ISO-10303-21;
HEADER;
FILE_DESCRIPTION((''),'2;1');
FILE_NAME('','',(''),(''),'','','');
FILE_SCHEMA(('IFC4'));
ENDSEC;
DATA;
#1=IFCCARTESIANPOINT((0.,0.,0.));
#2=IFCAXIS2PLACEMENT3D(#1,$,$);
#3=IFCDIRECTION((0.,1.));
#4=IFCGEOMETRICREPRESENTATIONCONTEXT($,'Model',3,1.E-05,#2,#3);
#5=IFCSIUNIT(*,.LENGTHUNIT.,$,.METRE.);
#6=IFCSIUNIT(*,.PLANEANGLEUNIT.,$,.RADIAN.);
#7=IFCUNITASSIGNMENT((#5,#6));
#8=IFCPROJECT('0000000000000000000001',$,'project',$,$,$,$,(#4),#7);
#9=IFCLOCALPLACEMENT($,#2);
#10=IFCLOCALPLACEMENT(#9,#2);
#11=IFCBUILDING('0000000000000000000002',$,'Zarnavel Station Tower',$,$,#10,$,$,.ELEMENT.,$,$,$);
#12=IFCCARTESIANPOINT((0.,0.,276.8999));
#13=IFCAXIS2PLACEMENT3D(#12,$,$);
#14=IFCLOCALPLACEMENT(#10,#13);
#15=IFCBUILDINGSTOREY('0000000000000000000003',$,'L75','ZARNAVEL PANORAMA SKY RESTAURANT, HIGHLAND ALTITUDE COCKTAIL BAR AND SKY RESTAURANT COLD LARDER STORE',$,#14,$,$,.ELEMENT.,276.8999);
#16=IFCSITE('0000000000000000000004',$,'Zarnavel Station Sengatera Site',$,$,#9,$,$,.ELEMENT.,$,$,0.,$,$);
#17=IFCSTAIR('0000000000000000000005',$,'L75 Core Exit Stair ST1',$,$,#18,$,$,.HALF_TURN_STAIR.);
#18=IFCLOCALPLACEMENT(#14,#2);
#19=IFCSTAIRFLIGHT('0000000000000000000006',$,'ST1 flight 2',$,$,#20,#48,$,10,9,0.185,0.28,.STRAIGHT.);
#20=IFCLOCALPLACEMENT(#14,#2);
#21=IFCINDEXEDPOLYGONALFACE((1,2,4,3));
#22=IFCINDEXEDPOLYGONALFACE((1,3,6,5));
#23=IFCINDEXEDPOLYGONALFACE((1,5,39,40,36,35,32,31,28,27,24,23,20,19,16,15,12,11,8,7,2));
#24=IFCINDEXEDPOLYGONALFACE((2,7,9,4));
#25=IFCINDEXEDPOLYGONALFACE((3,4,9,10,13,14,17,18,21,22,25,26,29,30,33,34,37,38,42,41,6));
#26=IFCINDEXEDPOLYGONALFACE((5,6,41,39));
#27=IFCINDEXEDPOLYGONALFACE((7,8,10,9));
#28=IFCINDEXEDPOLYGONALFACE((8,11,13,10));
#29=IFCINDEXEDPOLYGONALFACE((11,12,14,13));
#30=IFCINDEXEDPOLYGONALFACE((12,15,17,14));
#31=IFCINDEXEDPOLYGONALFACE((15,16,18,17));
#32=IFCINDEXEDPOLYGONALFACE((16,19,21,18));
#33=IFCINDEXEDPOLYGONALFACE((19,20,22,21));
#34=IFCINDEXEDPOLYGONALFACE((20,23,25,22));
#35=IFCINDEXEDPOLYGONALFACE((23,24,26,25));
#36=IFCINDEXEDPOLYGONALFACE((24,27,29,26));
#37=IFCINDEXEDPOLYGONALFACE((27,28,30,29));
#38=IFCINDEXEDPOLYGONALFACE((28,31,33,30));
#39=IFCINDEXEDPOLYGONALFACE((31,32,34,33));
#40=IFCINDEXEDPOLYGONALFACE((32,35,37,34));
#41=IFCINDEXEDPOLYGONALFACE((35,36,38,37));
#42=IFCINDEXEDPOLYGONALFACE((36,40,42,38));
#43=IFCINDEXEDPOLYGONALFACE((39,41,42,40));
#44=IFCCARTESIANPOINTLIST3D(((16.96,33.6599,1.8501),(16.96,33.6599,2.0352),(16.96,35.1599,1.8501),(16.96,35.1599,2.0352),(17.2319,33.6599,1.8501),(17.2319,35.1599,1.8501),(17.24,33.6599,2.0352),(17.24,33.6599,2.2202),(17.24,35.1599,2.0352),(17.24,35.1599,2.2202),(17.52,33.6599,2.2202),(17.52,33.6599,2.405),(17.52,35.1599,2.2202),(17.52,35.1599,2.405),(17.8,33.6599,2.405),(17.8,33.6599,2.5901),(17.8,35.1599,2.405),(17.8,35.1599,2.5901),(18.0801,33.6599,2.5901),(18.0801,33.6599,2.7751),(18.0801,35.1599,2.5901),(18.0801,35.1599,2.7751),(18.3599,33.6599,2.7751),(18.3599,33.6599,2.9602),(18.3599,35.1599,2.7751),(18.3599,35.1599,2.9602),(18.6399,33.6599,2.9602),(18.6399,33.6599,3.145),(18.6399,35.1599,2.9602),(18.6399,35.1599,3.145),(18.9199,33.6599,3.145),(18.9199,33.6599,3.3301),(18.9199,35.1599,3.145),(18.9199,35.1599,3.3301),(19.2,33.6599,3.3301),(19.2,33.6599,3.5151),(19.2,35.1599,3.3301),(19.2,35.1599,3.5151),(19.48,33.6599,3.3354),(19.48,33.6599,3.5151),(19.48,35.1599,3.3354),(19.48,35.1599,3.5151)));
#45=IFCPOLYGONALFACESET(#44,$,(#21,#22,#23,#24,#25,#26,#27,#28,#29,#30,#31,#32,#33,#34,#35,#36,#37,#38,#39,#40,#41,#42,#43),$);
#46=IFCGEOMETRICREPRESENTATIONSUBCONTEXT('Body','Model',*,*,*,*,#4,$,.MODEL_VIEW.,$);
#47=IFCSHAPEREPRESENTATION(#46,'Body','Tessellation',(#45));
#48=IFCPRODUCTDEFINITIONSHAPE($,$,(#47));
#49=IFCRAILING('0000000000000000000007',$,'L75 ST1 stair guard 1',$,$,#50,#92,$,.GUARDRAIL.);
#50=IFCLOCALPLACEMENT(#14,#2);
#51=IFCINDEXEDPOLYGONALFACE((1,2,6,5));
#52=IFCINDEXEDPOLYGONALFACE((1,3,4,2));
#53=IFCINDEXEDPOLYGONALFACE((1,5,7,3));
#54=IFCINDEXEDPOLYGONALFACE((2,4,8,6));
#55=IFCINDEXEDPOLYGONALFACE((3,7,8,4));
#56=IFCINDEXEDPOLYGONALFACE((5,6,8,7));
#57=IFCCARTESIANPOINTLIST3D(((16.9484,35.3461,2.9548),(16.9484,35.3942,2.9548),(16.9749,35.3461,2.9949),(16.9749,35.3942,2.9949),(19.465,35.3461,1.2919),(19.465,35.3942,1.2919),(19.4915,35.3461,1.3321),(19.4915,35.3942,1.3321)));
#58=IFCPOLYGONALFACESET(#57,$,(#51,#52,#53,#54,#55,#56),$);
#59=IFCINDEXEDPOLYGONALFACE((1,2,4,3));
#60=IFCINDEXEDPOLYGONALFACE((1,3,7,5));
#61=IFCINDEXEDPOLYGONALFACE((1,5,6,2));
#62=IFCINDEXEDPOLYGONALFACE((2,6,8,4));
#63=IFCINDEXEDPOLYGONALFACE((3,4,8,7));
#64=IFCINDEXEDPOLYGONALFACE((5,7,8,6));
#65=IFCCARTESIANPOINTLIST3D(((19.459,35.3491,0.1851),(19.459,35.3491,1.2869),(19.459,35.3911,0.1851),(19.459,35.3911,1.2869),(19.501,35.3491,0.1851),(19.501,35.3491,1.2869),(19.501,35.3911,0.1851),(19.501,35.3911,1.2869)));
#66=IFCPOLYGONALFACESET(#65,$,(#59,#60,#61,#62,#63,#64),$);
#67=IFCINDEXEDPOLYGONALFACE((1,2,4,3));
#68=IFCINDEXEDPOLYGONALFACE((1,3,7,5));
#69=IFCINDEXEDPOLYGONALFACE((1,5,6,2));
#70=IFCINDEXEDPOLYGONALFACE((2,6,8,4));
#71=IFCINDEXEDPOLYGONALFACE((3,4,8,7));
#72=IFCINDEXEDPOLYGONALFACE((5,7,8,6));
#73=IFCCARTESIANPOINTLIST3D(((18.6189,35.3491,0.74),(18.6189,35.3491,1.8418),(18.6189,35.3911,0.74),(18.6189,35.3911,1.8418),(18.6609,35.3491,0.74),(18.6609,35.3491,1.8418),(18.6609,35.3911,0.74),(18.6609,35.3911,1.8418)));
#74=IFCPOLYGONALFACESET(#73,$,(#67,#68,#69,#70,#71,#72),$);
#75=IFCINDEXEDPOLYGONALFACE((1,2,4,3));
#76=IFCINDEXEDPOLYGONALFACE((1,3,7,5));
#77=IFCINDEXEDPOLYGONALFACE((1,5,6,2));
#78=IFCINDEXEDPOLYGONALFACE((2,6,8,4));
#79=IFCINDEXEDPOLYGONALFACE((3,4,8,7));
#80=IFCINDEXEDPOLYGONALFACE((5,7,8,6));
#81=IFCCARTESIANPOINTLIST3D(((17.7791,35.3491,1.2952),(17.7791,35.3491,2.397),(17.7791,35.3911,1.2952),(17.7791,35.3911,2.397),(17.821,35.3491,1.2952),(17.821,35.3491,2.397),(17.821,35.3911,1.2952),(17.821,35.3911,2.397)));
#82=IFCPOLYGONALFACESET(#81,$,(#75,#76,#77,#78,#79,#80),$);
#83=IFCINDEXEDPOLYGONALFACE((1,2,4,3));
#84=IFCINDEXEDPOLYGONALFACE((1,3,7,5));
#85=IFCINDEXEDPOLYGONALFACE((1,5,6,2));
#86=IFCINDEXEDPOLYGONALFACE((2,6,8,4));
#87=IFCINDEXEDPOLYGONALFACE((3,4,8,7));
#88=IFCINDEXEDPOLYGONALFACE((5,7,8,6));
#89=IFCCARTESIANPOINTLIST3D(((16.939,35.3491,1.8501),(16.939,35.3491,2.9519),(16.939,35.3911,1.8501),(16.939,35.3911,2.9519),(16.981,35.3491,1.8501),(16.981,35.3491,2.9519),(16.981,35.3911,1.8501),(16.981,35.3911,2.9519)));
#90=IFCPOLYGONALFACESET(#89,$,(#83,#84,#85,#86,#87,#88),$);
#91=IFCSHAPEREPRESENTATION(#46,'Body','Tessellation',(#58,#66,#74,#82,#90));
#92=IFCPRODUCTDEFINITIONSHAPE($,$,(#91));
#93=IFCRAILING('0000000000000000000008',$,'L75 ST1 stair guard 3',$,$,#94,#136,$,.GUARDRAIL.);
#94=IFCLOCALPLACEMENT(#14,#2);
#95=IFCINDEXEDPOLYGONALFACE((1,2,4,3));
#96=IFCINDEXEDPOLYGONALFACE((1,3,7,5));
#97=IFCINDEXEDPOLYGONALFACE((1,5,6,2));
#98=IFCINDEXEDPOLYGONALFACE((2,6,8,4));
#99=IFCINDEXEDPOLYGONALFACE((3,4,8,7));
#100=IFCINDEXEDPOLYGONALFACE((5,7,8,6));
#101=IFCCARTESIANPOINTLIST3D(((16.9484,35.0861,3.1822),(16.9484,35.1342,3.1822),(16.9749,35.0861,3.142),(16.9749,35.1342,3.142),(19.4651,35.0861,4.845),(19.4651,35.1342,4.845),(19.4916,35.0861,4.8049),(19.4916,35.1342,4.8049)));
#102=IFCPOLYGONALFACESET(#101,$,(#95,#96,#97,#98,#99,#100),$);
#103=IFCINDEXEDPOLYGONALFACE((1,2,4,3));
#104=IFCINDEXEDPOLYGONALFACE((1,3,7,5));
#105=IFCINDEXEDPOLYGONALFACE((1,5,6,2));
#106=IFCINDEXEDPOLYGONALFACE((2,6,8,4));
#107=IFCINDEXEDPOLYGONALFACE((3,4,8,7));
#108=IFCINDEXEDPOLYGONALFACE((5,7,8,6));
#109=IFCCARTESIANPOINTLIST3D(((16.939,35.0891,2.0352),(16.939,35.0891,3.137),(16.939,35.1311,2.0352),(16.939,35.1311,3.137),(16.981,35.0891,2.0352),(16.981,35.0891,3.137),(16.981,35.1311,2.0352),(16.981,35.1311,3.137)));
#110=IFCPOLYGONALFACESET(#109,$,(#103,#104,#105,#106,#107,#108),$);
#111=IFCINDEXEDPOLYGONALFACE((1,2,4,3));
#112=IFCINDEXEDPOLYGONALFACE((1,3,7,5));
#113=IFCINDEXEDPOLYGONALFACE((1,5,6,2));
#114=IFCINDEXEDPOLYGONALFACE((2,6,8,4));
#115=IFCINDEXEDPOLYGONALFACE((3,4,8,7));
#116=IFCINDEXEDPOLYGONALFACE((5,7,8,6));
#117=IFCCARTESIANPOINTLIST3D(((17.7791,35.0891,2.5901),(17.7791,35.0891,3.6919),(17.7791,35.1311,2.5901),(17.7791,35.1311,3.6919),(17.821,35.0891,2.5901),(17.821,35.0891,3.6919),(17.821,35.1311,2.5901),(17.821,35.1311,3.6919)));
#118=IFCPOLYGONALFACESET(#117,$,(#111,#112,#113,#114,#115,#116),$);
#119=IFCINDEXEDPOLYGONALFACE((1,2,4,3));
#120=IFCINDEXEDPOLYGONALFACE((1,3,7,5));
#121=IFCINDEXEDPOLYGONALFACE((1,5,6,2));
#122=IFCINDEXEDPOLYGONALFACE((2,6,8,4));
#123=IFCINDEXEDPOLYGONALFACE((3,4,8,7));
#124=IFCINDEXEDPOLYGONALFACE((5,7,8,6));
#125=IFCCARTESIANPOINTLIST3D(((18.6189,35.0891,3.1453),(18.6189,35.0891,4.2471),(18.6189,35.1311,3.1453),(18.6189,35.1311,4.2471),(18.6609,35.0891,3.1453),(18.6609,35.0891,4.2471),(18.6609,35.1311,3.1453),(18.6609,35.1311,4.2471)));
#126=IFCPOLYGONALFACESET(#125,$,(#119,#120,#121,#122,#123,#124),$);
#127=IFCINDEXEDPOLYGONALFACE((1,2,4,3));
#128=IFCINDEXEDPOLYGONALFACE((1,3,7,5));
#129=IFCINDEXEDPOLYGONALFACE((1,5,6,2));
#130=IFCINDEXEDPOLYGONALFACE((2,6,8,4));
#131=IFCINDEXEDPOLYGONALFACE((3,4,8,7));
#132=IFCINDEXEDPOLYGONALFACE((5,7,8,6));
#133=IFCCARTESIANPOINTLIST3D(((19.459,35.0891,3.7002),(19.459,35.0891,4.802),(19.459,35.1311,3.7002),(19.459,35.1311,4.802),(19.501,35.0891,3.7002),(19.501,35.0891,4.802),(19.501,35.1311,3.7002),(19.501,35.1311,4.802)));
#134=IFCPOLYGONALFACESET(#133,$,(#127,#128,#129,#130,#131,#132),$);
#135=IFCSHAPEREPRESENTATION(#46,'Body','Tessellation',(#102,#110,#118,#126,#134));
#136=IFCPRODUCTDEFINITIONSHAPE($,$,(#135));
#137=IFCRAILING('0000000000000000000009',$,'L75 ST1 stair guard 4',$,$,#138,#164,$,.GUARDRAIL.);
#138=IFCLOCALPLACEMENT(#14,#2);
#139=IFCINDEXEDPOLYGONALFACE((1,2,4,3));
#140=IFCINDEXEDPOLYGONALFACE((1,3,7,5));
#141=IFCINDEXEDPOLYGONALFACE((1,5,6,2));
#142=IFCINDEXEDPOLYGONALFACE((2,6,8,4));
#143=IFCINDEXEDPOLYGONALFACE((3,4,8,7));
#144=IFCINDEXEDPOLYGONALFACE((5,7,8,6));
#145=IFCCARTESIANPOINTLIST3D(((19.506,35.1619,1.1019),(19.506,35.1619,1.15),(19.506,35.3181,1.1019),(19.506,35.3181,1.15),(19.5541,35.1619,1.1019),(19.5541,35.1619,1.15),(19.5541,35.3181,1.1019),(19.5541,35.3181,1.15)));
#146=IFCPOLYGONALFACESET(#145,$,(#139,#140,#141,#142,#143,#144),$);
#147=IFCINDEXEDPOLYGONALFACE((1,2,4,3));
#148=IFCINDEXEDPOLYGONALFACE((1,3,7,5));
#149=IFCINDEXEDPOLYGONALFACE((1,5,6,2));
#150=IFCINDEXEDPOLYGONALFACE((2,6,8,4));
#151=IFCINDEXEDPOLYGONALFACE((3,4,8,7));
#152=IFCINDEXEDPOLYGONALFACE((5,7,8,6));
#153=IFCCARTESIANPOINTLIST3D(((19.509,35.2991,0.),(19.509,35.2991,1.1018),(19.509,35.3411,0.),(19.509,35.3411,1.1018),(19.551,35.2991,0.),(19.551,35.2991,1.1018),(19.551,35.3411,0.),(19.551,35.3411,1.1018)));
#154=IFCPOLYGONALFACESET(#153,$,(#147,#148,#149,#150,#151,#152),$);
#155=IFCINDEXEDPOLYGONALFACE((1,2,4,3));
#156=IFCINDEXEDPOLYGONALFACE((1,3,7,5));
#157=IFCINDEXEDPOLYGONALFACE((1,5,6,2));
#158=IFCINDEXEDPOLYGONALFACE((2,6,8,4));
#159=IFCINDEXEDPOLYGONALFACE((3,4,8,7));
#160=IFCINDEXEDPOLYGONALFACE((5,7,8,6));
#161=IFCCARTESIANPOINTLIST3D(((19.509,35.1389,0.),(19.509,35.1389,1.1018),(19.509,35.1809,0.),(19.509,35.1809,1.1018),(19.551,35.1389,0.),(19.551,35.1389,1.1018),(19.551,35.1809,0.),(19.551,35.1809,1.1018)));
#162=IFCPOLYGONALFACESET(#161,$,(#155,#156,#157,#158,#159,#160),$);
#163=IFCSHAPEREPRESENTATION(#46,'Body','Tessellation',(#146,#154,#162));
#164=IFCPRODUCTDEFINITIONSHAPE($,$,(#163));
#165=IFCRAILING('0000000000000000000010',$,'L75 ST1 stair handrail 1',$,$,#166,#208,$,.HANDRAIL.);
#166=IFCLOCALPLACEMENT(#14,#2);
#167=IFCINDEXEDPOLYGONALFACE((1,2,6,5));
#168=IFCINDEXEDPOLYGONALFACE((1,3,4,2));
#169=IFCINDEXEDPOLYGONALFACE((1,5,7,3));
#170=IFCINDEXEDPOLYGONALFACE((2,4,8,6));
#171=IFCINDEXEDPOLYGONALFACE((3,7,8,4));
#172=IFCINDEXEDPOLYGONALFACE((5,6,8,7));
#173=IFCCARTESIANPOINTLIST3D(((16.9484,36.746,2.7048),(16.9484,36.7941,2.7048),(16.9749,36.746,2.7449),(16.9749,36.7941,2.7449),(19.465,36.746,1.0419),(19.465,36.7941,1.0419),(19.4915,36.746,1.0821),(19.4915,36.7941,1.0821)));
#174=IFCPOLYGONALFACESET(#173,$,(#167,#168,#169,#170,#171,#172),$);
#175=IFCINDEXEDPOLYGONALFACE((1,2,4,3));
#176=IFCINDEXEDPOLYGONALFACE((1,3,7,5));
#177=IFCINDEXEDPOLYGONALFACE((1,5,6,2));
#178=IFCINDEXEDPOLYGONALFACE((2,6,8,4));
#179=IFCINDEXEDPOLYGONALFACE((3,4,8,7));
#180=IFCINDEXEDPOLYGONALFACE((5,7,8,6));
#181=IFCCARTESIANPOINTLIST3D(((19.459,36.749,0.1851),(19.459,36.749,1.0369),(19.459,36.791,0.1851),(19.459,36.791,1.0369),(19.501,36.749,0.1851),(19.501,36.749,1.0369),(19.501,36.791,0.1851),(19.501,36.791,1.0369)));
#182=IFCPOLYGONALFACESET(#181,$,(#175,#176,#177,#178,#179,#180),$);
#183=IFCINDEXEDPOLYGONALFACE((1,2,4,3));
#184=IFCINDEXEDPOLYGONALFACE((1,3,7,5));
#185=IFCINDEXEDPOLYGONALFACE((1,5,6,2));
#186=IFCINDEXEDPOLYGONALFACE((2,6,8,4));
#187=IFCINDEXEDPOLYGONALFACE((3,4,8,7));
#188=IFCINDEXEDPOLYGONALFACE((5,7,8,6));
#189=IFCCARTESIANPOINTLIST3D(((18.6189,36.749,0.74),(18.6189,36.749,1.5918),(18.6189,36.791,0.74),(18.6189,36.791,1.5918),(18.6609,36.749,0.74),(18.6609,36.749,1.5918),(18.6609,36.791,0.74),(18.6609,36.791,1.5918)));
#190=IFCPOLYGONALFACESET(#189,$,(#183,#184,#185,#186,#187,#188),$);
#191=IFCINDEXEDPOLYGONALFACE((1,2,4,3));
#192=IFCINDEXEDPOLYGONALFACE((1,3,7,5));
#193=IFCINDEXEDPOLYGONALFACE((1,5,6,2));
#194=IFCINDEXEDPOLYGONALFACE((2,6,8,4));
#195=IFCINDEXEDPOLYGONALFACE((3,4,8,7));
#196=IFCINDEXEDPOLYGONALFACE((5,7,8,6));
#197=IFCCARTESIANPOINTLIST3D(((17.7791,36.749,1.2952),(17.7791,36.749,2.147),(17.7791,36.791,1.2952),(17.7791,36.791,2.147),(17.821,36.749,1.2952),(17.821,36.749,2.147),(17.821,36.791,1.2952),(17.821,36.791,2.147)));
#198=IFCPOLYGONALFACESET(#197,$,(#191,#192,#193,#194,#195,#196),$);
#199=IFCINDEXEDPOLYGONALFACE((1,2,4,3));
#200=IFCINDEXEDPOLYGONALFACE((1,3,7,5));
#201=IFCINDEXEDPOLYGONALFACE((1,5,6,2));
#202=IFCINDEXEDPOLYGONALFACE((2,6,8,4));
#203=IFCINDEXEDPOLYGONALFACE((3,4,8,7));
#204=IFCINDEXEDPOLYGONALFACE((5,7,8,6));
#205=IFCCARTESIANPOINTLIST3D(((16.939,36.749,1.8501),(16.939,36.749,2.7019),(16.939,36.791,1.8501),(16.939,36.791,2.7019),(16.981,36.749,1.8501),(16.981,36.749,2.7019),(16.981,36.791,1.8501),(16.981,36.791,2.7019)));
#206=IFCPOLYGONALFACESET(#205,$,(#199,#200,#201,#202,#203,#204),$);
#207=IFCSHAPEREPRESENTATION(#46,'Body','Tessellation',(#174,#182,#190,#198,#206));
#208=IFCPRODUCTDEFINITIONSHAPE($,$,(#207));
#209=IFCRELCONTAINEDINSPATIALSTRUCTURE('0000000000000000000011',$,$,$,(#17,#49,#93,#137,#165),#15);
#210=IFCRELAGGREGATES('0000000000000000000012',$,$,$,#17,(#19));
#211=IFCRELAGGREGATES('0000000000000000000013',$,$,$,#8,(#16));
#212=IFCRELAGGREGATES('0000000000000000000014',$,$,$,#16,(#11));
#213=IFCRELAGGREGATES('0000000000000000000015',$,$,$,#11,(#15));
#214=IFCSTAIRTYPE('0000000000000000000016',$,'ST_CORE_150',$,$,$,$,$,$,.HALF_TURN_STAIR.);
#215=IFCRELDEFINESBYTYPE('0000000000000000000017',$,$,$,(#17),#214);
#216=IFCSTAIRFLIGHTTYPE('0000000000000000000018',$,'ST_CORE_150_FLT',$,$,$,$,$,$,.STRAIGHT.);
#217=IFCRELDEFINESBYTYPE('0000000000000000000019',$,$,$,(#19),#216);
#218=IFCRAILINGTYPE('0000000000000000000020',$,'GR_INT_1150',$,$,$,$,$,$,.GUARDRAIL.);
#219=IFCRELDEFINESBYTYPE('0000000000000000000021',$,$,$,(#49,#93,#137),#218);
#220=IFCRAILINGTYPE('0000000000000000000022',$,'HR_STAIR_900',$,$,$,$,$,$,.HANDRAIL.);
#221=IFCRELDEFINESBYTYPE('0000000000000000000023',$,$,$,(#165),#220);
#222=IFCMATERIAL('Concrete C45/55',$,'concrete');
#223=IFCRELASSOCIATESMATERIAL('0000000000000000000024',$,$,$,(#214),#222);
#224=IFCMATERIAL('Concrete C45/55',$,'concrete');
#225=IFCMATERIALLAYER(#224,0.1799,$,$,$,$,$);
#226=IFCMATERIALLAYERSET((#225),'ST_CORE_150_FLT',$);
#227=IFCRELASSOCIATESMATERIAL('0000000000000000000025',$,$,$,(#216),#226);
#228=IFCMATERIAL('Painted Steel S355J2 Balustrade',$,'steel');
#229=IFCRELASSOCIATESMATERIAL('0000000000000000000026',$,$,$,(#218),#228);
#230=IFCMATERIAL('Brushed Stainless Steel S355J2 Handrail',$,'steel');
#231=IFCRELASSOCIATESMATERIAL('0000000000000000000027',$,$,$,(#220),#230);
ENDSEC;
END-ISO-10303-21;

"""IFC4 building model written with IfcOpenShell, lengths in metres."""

from ifc_helpers import new_model, si_unit, direction, frame, origin, origin_2d, place, context, subcontext, project, spatial, polyline, rectangle, outline, extrude, material, layer, layer_set, type_object, element, aggregate, save


model = new_model("IFC4")

# Units and contexts
model_context = context("Model", 3, precision=1e-05, world=origin(), true_north=direction((0.0, 1.0)))
body_context = subcontext(model_context, "Body", "Model", "MODEL_VIEW")
ifc_project = project(units=[si_unit("LENGTHUNIT", "METRE"), si_unit("PLANEANGLEUNIT", "RADIAN")], contexts=[model_context])

# Site, building, storey
site_placement = place(None, origin())
site = spatial("IfcSite", under=ifc_project, at=site_placement, Name="Zarnavel Station Sengatera Site", CompositionType="ELEMENT", RefElevation=0.0)
building_placement = place(site_placement, origin())
building = spatial("IfcBuilding", under=site, at=building_placement, Name="Zarnavel Station Tower", CompositionType="ELEMENT")
storey_placement = place(building_placement, frame((0.0, 0.0, 276.8999)))
storey = spatial("IfcBuildingStorey", under=building, at=storey_placement, Name="L75", Description="ZARNAVEL PANORAMA SKY RESTAURANT, HIGHLAND ALTITUDE COCKTAIL BAR AND SKY RESTAURANT COLD LARDER STORE", CompositionType="ELEMENT", Elevation=276.8999)

# Stair, stair flight
ifc_material_1 = material(Name="Concrete C45/55", Category="concrete")
stair_type = type_object("IfcStairType", Name="ST_CORE_150", PredefinedType="HALF_TURN_STAIR", material=ifc_material_1)
stair_placement = place(storey_placement, origin())
stair = element("IfcStair", 1, at=stair_placement, inside=storey, type_object=stair_type, Name="L75 Core Exit Stair ST1", PredefinedType="HALF_TURN_STAIR")
ifc_material_2 = material(Name="Concrete C45/55", Category="concrete")
ifc_layer_1 = layer(ifc_material_2, 0.1799)
ifc_layer_set_1 = layer_set([ifc_layer_1], Name="ST_CORE_150_FLT")
stair_flight_type = type_object("IfcStairFlightType", Name="ST_CORE_150_FLT", PredefinedType="STRAIGHT", material=ifc_layer_set_1)
stair_flight_1_placement = place(storey_placement, frame((16.96, 34.4099, 1.8501), z_axis=(0.0, 0.0, 1.0), x_axis=(1.0, 0.0, 0.0)))
stair_flight_1 = element("IfcStairFlight", 2, at=stair_flight_1_placement, type_object=stair_flight_type, Name="ST1 flight 2", NumberOfRisers=10, NumberOfTreads=9, PredefinedType="STRAIGHT", RiserHeight=0.185, TreadLength=0.28, context=body_context, shape_type="SweptSolid", body=[
    extrude(outline(polyline([(0.0, 0.0), (0.0, 0.1851), (0.28, 0.1851), (0.28, 0.3701), (0.5601, 0.3701), (0.5601, 0.5549), (0.8401, 0.5549), (0.8401, 0.74), (1.1201, 0.74), (1.1201, 0.925), (1.3999, 0.925), (1.3999, 1.1101), (1.6799, 1.1101), (1.6799, 1.2949), (1.96, 1.2949), (1.96, 1.48), (2.24, 1.48), (2.24, 1.665), (2.52, 1.665), (2.52, 1.8501), (2.52, 1.4854), (0.272, 0.0), (0.0, 0.0)])), frame((0.0, 0.75, 0.0), z_axis=(0.0, -1.0, 0.0), x_axis=(1.0, 0.0, 0.0)), (0.0, 0.0, 1.0), 1.5),
])
aggregate(stair, [stair_flight_1])

# Railings
ifc_material_3 = material(Name="Painted Steel S355J2 Balustrade", Category="steel")
railing_type_1 = type_object("IfcRailingType", Name="GR_INT_1150", PredefinedType="GUARDRAIL", material=ifc_material_3)
railing_1_placement = place(storey_placement, frame((19.48, 35.3701, 0.1851)))
element("IfcRailing", 3, at=railing_1_placement, inside=storey, type_object=railing_type_1, Name="L75 ST1 stair guard 1", PredefinedType="GUARDRAIL", context=body_context, shape_type="SweptSolid", body=[
    extrude(rectangle(XDim=0.0481, YDim=0.0481, at=origin_2d()), frame((-0.0017, 0.0, 1.127), z_axis=(-0.834331, 0.0, 0.551263), x_axis=(0.0, -1.0, 0.0)), (0.0, 0.0, 1.0), 3.0164),
    extrude(rectangle(XDim=0.042, YDim=0.042, at=origin_2d()), origin(), (0.0, 0.0, 1.0), 1.1018),
    extrude(rectangle(XDim=0.042, YDim=0.042, at=origin_2d()), frame((-0.8401, 0.0, 0.5549)), (0.0, 0.0, 1.0), 1.1018),
    extrude(rectangle(XDim=0.042, YDim=0.042, at=origin_2d()), frame((-1.6799, 0.0, 1.1101)), (0.0, 0.0, 1.0), 1.1018),
    extrude(rectangle(XDim=0.042, YDim=0.042, at=origin_2d()), frame((-2.52, 0.0, 1.665)), (0.0, 0.0, 1.0), 1.1018),
])
railing_2_placement = place(storey_placement, frame((16.96, 35.1101, 2.0352)))
element("IfcRailing", 4, at=railing_2_placement, inside=storey, type_object=railing_type_1, Name="L75 ST1 stair guard 3", PredefinedType="GUARDRAIL", context=body_context, shape_type="SweptSolid", body=[
    extrude(rectangle(XDim=0.0481, YDim=0.0481, at=origin_2d()), frame((0.0017, 0.0, 1.127), z_axis=(0.834331, 0.0, 0.551263), x_axis=(0.0, 1.0, 0.0)), (0.0, 0.0, 1.0), 3.0164),
    extrude(rectangle(XDim=0.042, YDim=0.042, at=origin_2d()), origin(), (0.0, 0.0, 1.0), 1.1018),
    extrude(rectangle(XDim=0.042, YDim=0.042, at=origin_2d()), frame((0.8401, 0.0, 0.5549)), (0.0, 0.0, 1.0), 1.1018),
    extrude(rectangle(XDim=0.042, YDim=0.042, at=origin_2d()), frame((1.6799, 0.0, 1.1101)), (0.0, 0.0, 1.0), 1.1018),
    extrude(rectangle(XDim=0.042, YDim=0.042, at=origin_2d()), frame((2.52, 0.0, 1.665)), (0.0, 0.0, 1.0), 1.1018),
])
railing_3_placement = place(storey_placement, frame((19.53, 35.3201, 0.0)))
element("IfcRailing", 5, at=railing_3_placement, inside=storey, type_object=railing_type_1, Name="L75 ST1 stair guard 4", PredefinedType="GUARDRAIL", context=body_context, shape_type="SweptSolid", body=[
    extrude(rectangle(XDim=0.0481, YDim=0.0481, at=origin_2d()), frame((0.0, -0.002, 1.126), z_axis=(0.0, -1.0, 0.0), x_axis=(1.0, 0.0, 0.0)), (0.0, 0.0, 1.0), 0.1562),
    extrude(rectangle(XDim=0.042, YDim=0.042, at=origin_2d()), origin(), (0.0, 0.0, 1.0), 1.1018),
    extrude(rectangle(XDim=0.042, YDim=0.042, at=origin_2d()), frame((0.0, -0.1602, 0.0)), (0.0, 0.0, 1.0), 1.1018),
])
ifc_material_4 = material(Name="Brushed Stainless Steel S355J2 Handrail", Category="steel")
railing_type_2 = type_object("IfcRailingType", Name="HR_STAIR_900", PredefinedType="HANDRAIL", material=ifc_material_4)
railing_4_placement = place(storey_placement, frame((19.48, 36.77, 0.1851)))
element("IfcRailing", 6, at=railing_4_placement, inside=storey, type_object=railing_type_2, Name="L75 ST1 stair handrail 1", PredefinedType="HANDRAIL", context=body_context, shape_type="SweptSolid", body=[
    extrude(rectangle(XDim=0.0481, YDim=0.0481, at=origin_2d()), frame((-0.0017, 0.0, 0.877), z_axis=(-0.834331, 0.0, 0.551263), x_axis=(0.0, -1.0, 0.0)), (0.0, 0.0, 1.0), 3.0164),
    extrude(rectangle(XDim=0.042, YDim=0.042, at=origin_2d()), origin(), (0.0, 0.0, 1.0), 0.8518),
    extrude(rectangle(XDim=0.042, YDim=0.042, at=origin_2d()), frame((-0.8401, 0.0, 0.5549)), (0.0, 0.0, 1.0), 0.8518),
    extrude(rectangle(XDim=0.042, YDim=0.042, at=origin_2d()), frame((-1.6799, 0.0, 1.1101)), (0.0, 0.0, 1.0), 0.8518),
    extrude(rectangle(XDim=0.042, YDim=0.042, at=origin_2d()), frame((-2.52, 0.0, 1.665)), (0.0, 0.0, 1.0), 0.8518),
])

save(model, "model.ifc")
